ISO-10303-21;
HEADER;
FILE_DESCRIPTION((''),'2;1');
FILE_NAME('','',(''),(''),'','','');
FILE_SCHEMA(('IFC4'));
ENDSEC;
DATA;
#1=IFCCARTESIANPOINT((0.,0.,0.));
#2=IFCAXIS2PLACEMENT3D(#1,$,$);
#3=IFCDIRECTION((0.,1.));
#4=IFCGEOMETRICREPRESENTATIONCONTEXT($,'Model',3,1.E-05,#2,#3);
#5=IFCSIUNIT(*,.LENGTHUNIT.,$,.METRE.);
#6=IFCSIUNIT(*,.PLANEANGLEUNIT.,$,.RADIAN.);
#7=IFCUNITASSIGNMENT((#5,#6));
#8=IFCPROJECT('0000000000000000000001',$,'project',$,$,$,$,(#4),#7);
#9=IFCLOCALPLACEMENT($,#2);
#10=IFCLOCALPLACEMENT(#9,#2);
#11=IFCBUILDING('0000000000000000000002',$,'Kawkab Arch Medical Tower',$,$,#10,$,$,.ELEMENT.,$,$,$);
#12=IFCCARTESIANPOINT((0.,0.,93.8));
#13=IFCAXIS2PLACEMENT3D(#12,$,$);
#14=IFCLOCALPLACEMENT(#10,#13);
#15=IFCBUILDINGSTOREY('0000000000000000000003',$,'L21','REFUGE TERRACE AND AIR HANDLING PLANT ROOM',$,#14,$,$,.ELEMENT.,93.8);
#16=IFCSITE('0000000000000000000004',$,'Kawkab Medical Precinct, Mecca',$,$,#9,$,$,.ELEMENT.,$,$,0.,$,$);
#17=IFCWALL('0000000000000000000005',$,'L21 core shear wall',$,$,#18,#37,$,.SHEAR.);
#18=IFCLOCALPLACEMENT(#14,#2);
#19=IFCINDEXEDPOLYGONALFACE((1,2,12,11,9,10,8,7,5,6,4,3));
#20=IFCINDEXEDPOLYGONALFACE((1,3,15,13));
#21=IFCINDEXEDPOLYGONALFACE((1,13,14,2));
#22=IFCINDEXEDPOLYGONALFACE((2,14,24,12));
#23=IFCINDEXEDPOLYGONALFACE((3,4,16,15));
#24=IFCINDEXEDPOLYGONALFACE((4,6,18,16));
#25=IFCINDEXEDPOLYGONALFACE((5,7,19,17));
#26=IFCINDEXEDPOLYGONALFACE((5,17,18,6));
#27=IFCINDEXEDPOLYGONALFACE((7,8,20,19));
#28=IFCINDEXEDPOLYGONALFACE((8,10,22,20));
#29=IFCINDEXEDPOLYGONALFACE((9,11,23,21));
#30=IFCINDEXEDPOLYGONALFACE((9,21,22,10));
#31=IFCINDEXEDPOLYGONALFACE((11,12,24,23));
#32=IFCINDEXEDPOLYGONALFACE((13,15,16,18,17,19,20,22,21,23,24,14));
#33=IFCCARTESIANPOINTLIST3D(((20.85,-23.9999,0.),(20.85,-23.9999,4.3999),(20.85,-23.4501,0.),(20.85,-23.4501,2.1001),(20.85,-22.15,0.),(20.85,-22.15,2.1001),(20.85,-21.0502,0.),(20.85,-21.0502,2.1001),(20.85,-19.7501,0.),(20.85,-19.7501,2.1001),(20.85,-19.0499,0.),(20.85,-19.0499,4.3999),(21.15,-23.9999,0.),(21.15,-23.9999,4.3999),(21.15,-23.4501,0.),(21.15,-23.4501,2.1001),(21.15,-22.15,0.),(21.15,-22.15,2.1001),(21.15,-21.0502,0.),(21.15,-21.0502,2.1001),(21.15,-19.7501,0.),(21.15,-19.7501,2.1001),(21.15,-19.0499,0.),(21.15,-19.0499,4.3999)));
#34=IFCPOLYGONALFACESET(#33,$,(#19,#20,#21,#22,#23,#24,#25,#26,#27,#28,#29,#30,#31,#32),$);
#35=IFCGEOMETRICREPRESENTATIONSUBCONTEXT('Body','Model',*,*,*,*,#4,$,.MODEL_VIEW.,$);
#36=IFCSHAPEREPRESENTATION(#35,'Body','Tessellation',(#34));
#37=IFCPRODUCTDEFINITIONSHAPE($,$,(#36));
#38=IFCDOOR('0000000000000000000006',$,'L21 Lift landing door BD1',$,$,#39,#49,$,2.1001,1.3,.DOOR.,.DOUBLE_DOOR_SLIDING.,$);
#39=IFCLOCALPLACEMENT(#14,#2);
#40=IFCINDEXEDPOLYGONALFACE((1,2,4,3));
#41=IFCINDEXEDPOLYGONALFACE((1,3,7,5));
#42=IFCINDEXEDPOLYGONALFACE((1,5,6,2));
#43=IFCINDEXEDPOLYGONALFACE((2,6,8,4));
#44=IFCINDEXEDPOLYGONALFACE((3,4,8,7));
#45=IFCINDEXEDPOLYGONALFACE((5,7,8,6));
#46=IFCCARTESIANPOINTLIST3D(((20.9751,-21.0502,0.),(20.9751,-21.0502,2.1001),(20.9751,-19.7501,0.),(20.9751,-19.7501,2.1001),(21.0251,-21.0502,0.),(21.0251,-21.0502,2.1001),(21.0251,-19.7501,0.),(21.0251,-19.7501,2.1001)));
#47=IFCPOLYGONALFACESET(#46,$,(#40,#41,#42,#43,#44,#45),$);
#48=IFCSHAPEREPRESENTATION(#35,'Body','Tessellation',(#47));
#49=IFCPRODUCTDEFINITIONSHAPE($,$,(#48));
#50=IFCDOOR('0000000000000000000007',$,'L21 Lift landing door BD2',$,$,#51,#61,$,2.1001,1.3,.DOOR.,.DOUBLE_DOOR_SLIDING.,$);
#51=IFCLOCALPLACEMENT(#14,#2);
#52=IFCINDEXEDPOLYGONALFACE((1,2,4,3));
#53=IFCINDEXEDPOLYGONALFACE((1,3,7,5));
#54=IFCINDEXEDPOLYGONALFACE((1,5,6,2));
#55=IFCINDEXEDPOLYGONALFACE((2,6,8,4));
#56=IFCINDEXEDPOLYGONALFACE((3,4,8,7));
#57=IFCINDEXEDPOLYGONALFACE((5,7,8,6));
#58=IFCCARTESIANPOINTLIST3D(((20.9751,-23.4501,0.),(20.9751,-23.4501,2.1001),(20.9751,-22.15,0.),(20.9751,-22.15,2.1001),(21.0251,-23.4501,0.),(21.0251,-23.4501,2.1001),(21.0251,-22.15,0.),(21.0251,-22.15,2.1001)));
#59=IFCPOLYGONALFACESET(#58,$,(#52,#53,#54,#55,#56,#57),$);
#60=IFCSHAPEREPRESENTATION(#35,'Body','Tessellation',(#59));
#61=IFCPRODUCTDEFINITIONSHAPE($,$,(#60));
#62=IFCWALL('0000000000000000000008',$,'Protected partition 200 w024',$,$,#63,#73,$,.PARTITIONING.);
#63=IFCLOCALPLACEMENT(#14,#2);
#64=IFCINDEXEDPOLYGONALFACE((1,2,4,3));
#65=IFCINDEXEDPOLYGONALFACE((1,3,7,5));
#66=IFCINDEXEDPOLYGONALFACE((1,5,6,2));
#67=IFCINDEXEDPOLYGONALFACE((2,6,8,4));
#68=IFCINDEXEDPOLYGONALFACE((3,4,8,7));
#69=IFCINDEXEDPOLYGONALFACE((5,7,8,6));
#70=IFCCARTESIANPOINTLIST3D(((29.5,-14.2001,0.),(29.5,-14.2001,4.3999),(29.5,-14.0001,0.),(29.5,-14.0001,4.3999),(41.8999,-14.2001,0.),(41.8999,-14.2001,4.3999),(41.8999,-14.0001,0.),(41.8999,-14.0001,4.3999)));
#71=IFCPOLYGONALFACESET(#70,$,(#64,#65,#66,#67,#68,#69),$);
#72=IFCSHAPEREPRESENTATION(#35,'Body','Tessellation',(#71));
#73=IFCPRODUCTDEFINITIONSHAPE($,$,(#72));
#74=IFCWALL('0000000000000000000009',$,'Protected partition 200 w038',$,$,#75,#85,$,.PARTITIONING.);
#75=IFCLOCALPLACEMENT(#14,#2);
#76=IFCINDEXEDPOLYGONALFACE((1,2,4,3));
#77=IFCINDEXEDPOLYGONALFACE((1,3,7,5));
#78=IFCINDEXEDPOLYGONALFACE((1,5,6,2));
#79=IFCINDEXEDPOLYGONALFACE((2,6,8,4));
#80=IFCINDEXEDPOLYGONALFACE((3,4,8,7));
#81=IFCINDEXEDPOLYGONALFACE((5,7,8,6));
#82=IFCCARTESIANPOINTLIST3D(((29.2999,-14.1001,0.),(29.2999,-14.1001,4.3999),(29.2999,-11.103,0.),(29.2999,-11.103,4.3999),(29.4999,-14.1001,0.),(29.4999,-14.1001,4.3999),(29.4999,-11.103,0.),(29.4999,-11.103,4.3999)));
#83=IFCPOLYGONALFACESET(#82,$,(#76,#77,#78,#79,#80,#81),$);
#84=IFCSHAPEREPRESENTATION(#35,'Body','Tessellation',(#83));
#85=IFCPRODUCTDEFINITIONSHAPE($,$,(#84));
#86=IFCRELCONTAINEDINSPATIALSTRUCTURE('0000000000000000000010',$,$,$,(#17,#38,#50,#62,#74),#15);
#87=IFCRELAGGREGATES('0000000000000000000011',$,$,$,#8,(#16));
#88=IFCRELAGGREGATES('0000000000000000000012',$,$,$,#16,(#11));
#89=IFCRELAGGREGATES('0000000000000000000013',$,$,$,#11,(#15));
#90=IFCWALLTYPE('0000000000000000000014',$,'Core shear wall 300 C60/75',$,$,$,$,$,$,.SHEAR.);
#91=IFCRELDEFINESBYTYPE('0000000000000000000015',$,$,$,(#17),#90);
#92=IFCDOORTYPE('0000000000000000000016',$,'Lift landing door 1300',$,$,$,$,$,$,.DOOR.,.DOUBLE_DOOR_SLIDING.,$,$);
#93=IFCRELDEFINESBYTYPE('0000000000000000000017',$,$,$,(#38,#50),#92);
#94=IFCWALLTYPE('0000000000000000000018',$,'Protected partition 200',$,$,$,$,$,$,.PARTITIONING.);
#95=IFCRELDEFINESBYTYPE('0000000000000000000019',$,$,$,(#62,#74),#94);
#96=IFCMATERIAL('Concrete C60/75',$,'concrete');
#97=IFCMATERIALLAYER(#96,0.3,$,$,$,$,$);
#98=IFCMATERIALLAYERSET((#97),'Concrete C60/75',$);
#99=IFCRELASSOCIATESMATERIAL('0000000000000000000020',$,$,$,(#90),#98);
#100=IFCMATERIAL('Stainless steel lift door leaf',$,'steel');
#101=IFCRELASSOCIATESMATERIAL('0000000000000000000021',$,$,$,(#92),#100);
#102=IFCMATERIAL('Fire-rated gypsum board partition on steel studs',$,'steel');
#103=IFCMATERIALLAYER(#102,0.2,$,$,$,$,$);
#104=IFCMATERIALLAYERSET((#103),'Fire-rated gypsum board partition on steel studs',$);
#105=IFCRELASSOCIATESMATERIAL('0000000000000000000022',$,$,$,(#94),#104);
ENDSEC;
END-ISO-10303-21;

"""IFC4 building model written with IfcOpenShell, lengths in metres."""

from ifc_helpers import new_model, si_unit, direction, frame, frame_2d, origin, place, context, subcontext, project, spatial, rectangle, extrude, material, layer, layer_set, type_object, element, fill, save


model = new_model("IFC4")

# Units and contexts
model_context = context("Model", 3, precision=1e-05, world=origin(), true_north=direction((0.0, 1.0)))
body_context = subcontext(model_context, "Body", "Model", "MODEL_VIEW")
ifc_project = project(units=[si_unit("LENGTHUNIT", "METRE"), si_unit("PLANEANGLEUNIT", "RADIAN")], contexts=[model_context])

# Site, building, storey
site_placement = place(None, origin())
site = spatial("IfcSite", under=ifc_project, at=site_placement, Name="Kawkab Medical Precinct, Mecca", CompositionType="ELEMENT", RefElevation=0.0)
building_placement = place(site_placement, origin())
building = spatial("IfcBuilding", under=site, at=building_placement, Name="Kawkab Arch Medical Tower", CompositionType="ELEMENT")
storey_placement = place(building_placement, frame((0.0, 0.0, 93.8)))
storey = spatial("IfcBuildingStorey", under=building, at=storey_placement, Name="L21", Description="REFUGE TERRACE AND AIR HANDLING PLANT ROOM", CompositionType="ELEMENT", Elevation=93.8)

# Shared definitions
ifc_material_1 = material(Name="Concrete C60/75", Category="concrete")
ifc_layer_1 = layer(ifc_material_1, 0.3)
ifc_layer_set_1 = layer_set([ifc_layer_1], Name="Concrete C60/75")
wall_type_1 = type_object("IfcWallType", Name="Core shear wall 300 C60/75", PredefinedType="SHEAR", material=ifc_layer_set_1)

# Wall, openings, doors
wall_1_placement = place(storey_placement, frame((21.0, -24.0, 0.0), z_axis=(0.0, 0.0, 1.0), x_axis=(0.0, 1.0, 0.0)))
wall_1 = element("IfcWall", 1, at=wall_1_placement, inside=storey, type_object=wall_type_1, Name="L21 core shear wall", PredefinedType="SHEAR", context=body_context, shape_type="SweptSolid", body=[
    extrude(rectangle(XDim=4.95, YDim=0.3, at=frame_2d((2.4751, 0.0))), origin(), (0.0, 0.0, 1.0), 4.3999),
])
opening_1_placement = place(wall_1_placement, frame((2.95, 0.0, 0.0)))
opening_1 = element("IfcOpeningElement", 2, at=opening_1_placement, cuts=wall_1, PredefinedType="OPENING", context=body_context, shape_type="SweptSolid", body=[
    extrude(rectangle(XDim=1.3, YDim=2.1001, at=frame_2d((0.6499, 1.05))), frame((0.0, 0.1599, 0.0), z_axis=(0.0, -1.0, 0.0), x_axis=(1.0, 0.0, 0.0)), (0.0, 0.0, 1.0), 0.3201),
])
opening_2_placement = place(wall_1_placement, frame((0.55, 0.0, 0.0)))
opening_2 = element("IfcOpeningElement", 3, at=opening_2_placement, cuts=wall_1, PredefinedType="OPENING", context=body_context, shape_type="SweptSolid", body=[
    extrude(rectangle(XDim=1.3, YDim=2.1001, at=frame_2d((0.6499, 1.05))), frame((0.0, 0.1599, 0.0), z_axis=(0.0, -1.0, 0.0), x_axis=(1.0, 0.0, 0.0)), (0.0, 0.0, 1.0), 0.3201),
])
ifc_material_2 = material(Name="Stainless steel lift door leaf", Category="steel")
door_type_1 = type_object("IfcDoorType", Name="Lift landing door 1300", OperationType="DOUBLE_DOOR_SLIDING", PredefinedType="DOOR", material=ifc_material_2)
door_1_placement = place(opening_1_placement, origin())
door_1 = element("IfcDoor", 4, at=door_1_placement, inside=storey, type_object=door_type_1, Name="L21 Lift landing door BD1", OperationType="DOUBLE_DOOR_SLIDING", OverallHeight=2.1001, OverallWidth=1.3, PredefinedType="DOOR", context=body_context, shape_type="SweptSolid", body=[
    extrude(rectangle(XDim=1.3, YDim=2.1001, at=frame_2d((0.6499, 1.05))), frame((0.0, 0.0249, 0.0), z_axis=(0.0, -1.0, 0.0), x_axis=(1.0, 0.0, 0.0)), (0.0, 0.0, 1.0), 0.05),
])
fill(opening_1, door_1)
door_2_placement = place(opening_2_placement, origin())
door_2 = element("IfcDoor", 5, at=door_2_placement, inside=storey, type_object=door_type_1, Name="L21 Lift landing door BD2", OperationType="DOUBLE_DOOR_SLIDING", OverallHeight=2.1001, OverallWidth=1.3, PredefinedType="DOOR", context=body_context, shape_type="SweptSolid", body=[
    extrude(rectangle(XDim=1.3, YDim=2.1001, at=frame_2d((0.6499, 1.05))), frame((0.0, 0.0249, 0.0), z_axis=(0.0, -1.0, 0.0), x_axis=(1.0, 0.0, 0.0)), (0.0, 0.0, 1.0), 0.05),
])
fill(opening_2, door_2)

# Walls
ifc_material_3 = material(Name="Fire-rated gypsum board partition on steel studs", Category="steel")
ifc_layer_2 = layer(ifc_material_3, 0.2)
ifc_layer_set_2 = layer_set([ifc_layer_2], Name="Fire-rated gypsum board partition on steel studs")
wall_type_2 = type_object("IfcWallType", Name="Protected partition 200", PredefinedType="PARTITIONING", material=ifc_layer_set_2)
wall_2_placement = place(storey_placement, frame((29.5, -14.1001, 0.0), z_axis=(0.0, 0.0, 1.0), x_axis=(1.0, 0.0, 0.0)))
element("IfcWall", 6, at=wall_2_placement, inside=storey, type_object=wall_type_2, Name="Protected partition 200 w024", PredefinedType="PARTITIONING", context=body_context, shape_type="SweptSolid", body=[
    extrude(rectangle(XDim=12.3999, YDim=0.2, at=frame_2d((6.2, 0.0))), origin(), (0.0, 0.0, 1.0), 4.3999),
])
wall_3_placement = place(storey_placement, frame((29.3999, -14.1001, 0.0), z_axis=(0.0, 0.0, 1.0), x_axis=(0.0, 1.0, 0.0)))
element("IfcWall", 7, at=wall_3_placement, inside=storey, type_object=wall_type_2, Name="Protected partition 200 w038", PredefinedType="PARTITIONING", context=body_context, shape_type="SweptSolid", body=[
    extrude(rectangle(XDim=2.9971, YDim=0.2, at=frame_2d((1.4985, 0.0))), origin(), (0.0, 0.0, 1.0), 4.3999),
])

save(model, "model.ifc")
